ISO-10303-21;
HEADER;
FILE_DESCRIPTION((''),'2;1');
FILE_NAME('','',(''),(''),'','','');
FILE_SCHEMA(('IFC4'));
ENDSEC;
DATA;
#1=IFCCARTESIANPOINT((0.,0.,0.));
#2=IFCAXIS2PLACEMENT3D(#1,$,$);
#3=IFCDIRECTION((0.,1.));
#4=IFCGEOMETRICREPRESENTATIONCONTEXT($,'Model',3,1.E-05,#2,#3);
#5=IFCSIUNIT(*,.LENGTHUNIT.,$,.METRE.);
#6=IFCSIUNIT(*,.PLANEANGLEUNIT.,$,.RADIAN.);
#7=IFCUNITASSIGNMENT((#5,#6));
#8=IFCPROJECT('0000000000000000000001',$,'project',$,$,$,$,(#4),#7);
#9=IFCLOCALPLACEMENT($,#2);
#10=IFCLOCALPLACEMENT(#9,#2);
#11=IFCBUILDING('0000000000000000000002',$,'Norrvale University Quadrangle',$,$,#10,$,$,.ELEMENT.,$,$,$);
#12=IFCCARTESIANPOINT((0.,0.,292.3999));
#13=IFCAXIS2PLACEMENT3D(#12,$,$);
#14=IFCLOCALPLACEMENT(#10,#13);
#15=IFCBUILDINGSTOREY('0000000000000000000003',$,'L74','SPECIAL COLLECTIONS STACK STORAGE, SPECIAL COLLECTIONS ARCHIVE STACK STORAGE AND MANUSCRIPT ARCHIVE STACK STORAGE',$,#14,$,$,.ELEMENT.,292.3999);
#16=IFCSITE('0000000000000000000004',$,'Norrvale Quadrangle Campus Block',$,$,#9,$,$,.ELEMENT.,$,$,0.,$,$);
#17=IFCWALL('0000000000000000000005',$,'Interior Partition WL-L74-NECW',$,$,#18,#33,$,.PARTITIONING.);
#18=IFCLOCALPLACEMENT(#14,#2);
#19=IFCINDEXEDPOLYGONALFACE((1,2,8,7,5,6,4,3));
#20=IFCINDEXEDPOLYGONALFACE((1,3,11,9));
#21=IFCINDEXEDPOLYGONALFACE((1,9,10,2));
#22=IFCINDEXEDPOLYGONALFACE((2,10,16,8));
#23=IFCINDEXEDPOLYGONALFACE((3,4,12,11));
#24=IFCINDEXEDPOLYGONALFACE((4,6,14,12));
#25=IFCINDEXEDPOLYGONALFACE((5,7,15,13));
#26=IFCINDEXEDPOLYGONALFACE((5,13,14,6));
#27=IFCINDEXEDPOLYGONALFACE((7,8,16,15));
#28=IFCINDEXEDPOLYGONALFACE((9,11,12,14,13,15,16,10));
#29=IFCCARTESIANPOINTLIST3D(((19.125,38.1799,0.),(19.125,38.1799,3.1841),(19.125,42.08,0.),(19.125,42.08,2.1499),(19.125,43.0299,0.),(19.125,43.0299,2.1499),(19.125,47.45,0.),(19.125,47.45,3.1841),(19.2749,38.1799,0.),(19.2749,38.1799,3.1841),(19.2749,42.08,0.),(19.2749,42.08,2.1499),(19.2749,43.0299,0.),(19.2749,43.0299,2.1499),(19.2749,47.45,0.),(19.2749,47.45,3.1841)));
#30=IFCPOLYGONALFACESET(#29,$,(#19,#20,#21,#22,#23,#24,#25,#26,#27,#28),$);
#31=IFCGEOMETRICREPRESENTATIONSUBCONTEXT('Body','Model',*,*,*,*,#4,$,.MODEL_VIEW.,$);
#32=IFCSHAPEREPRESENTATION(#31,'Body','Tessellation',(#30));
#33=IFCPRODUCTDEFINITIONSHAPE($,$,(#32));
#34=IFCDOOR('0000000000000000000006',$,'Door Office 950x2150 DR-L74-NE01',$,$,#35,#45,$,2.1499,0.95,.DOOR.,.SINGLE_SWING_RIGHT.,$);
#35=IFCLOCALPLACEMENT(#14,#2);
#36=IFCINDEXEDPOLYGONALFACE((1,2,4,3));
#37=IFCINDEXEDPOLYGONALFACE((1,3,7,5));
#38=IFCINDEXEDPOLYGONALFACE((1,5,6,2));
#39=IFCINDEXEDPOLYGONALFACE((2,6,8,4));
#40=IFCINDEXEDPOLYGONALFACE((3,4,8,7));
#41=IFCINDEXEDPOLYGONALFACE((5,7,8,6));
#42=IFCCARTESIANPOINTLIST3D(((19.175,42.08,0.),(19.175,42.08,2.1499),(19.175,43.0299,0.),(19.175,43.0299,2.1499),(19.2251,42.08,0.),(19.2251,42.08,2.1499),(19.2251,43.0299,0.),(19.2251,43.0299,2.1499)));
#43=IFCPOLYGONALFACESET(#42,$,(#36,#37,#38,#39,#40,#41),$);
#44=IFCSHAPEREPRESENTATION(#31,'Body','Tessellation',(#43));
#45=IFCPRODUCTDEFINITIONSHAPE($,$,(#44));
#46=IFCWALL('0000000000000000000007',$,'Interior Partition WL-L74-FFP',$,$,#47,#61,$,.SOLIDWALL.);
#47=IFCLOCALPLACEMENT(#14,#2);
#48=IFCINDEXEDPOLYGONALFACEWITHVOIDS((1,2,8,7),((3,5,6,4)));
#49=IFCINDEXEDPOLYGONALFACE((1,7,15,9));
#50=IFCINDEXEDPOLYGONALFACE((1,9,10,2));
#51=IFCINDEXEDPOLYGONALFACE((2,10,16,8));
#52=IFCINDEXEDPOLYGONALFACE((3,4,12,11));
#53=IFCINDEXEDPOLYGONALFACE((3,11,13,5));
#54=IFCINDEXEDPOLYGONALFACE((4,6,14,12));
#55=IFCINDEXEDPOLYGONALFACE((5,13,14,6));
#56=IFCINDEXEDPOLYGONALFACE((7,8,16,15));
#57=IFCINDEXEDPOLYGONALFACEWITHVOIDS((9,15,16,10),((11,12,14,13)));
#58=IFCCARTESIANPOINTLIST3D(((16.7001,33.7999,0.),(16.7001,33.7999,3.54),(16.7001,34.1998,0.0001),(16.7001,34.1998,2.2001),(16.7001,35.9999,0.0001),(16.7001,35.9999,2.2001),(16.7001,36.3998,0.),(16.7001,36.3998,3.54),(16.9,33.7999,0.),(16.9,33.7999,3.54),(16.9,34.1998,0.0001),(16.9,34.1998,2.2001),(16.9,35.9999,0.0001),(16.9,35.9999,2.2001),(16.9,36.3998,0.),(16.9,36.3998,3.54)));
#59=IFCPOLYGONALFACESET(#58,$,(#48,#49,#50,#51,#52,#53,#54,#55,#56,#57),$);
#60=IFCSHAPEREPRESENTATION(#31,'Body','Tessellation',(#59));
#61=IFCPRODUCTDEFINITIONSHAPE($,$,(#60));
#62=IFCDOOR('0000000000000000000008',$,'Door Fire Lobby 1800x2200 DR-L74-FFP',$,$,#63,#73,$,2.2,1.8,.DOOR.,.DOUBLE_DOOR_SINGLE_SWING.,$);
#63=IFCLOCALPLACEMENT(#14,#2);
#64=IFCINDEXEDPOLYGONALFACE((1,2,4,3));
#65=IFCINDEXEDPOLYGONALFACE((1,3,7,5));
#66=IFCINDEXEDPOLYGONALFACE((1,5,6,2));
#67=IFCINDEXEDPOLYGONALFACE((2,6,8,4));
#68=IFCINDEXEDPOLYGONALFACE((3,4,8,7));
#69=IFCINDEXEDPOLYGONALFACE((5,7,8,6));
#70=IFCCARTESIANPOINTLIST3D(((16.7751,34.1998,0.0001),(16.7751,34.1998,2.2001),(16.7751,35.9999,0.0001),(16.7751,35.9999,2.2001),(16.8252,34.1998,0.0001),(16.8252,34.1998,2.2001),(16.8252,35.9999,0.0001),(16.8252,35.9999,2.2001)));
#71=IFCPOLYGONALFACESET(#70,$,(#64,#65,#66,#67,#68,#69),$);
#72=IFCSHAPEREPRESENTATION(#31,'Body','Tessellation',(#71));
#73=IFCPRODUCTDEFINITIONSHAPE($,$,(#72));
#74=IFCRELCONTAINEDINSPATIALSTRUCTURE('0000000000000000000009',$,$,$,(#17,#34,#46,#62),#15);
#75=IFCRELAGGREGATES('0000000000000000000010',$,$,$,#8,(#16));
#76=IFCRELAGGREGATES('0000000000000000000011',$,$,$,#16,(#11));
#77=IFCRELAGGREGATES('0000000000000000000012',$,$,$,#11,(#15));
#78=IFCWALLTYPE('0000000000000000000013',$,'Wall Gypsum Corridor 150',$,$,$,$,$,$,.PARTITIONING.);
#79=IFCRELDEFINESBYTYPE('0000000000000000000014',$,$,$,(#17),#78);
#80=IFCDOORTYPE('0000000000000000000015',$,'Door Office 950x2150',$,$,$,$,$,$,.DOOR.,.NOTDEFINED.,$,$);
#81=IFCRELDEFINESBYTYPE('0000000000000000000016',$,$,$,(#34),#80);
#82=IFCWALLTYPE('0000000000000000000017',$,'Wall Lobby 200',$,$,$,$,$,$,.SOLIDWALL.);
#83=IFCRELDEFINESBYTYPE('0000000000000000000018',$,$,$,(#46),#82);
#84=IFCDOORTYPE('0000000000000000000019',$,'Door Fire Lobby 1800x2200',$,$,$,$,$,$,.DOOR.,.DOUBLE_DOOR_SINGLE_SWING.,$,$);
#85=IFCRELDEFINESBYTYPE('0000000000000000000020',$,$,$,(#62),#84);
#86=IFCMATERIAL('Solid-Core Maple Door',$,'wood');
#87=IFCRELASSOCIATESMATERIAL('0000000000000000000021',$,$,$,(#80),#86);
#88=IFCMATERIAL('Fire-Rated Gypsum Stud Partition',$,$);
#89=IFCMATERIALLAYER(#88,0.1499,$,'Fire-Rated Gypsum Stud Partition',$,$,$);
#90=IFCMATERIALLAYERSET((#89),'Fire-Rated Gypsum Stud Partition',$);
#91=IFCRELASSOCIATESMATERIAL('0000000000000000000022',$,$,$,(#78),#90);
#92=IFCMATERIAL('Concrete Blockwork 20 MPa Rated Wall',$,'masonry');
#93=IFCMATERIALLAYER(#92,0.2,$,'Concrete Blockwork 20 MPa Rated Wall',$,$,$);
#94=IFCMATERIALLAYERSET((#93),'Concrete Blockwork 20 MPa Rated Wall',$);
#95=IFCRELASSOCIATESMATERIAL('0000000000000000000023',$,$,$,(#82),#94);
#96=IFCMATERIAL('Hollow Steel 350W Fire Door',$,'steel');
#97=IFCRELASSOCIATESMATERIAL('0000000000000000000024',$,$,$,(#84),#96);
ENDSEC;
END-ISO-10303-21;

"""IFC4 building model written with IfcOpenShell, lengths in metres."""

from ifc_helpers import new_model, si_unit, direction, frame, frame_2d, origin, place, context, subcontext, project, spatial, rectangle, extrude, material, layer, layer_set, type_object, element, fill, save


model = new_model("IFC4")

# Units and contexts
model_context = context("Model", 3, precision=1e-05, world=origin(), true_north=direction((0.0, 1.0)))
body_context = subcontext(model_context, "Body", "Model", "MODEL_VIEW")
ifc_project = project(units=[si_unit("LENGTHUNIT", "METRE"), si_unit("PLANEANGLEUNIT", "RADIAN")], contexts=[model_context])

# Site, building, storey
site_placement = place(None, origin())
site = spatial("IfcSite", under=ifc_project, at=site_placement, Name="Norrvale Quadrangle Campus Block", CompositionType="ELEMENT", RefElevation=0.0)
building_placement = place(site_placement, origin())
building = spatial("IfcBuilding", under=site, at=building_placement, Name="Norrvale University Quadrangle", CompositionType="ELEMENT")
storey_placement = place(building_placement, frame((0.0, 0.0, 292.3999)))
storey = spatial("IfcBuildingStorey", under=building, at=storey_placement, Name="L74", Description="SPECIAL COLLECTIONS STACK STORAGE, SPECIAL COLLECTIONS ARCHIVE STACK STORAGE AND MANUSCRIPT ARCHIVE STACK STORAGE", CompositionType="ELEMENT", Elevation=292.3999)

# Shared definitions
ifc_material_1 = material(Name="Solid-Core Maple Door", Category="wood")
door_type_1 = type_object("IfcDoorType", Name="Door Office 950x2150", OperationType="NOTDEFINED", PredefinedType="DOOR", material=ifc_material_1)

# Shared definitions
ifc_material_2 = material(Name="Fire-Rated Gypsum Stud Partition")
ifc_layer_1 = layer(ifc_material_2, 0.1499, Name="Fire-Rated Gypsum Stud Partition")
ifc_layer_set_1 = layer_set([ifc_layer_1], Name="Fire-Rated Gypsum Stud Partition")
wall_type_1 = type_object("IfcWallType", Name="Wall Gypsum Corridor 150", PredefinedType="PARTITIONING", material=ifc_layer_set_1)

# Walls, openings, doors
wall_1_placement = place(storey_placement, frame((19.2, 38.1799, 0.0), z_axis=(0.0, 0.0, 1.0), x_axis=(0.0, 1.0, 0.0)))
wall_1 = element("IfcWall", 1, at=wall_1_placement, inside=storey, type_object=wall_type_1, Name="Interior Partition WL-L74-NECW", PredefinedType="PARTITIONING", context=body_context, shape_type="SweptSolid", body=[
    extrude(rectangle(XDim=9.27, YDim=0.1499, at=frame_2d((4.635, 0.0))), origin(), (0.0, 0.0, 1.0), 3.1841),
])
opening_1_placement = place(wall_1_placement, frame((3.8999, 0.0, 0.0)))
opening_1 = element("IfcOpeningElement", 2, at=opening_1_placement, cuts=wall_1, PredefinedType="OPENING", context=body_context, shape_type="SweptSolid", body=[
    extrude(rectangle(XDim=0.95, YDim=2.1499, at=frame_2d((0.4751, 1.075))), frame((0.0, 0.0869, 0.0), z_axis=(0.0, -1.0, 0.0), x_axis=(1.0, 0.0, 0.0)), (0.0, 0.0, 1.0), 0.1738),
])
door_1_placement = place(opening_1_placement, origin())
door_1 = element("IfcDoor", 3, at=door_1_placement, inside=storey, type_object=door_type_1, Name="Door Office 950x2150 DR-L74-NE01", OperationType="SINGLE_SWING_RIGHT", OverallHeight=2.1499, OverallWidth=0.95, PredefinedType="DOOR", context=body_context, shape_type="SweptSolid", body=[
    extrude(rectangle(XDim=0.95, YDim=2.1499, at=frame_2d((0.4751, 1.075))), frame((0.0, 0.0249, 0.0), z_axis=(0.0, -1.0, 0.0), x_axis=(1.0, 0.0, 0.0)), (0.0, 0.0, 1.0), 0.05),
])
fill(opening_1, door_1)
ifc_material_3 = material(Name="Concrete Blockwork 20 MPa Rated Wall", Category="masonry")
ifc_layer_2 = layer(ifc_material_3, 0.2, Name="Concrete Blockwork 20 MPa Rated Wall")
ifc_layer_set_2 = layer_set([ifc_layer_2], Name="Concrete Blockwork 20 MPa Rated Wall")
wall_type_2 = type_object("IfcWallType", Name="Wall Lobby 200", PredefinedType="SOLIDWALL", material=ifc_layer_set_2)
wall_2_placement = place(storey_placement, frame((16.8, 33.8, 0.0), z_axis=(0.0, 0.0, 1.0), x_axis=(0.0, 1.0, 0.0)))
wall_2 = element("IfcWall", 4, at=wall_2_placement, inside=storey, type_object=wall_type_2, Name="Interior Partition WL-L74-FFP", PredefinedType="SOLIDWALL", context=body_context, shape_type="SweptSolid", body=[
    extrude(rectangle(XDim=2.5999, YDim=0.2, at=frame_2d((1.2998, 0.0))), origin(), (0.0, 0.0, 1.0), 3.54),
])
opening_2_placement = place(wall_2_placement, frame((0.3999, 0.0, 0.0)))
opening_2 = element("IfcOpeningElement", 5, at=opening_2_placement, cuts=wall_2, PredefinedType="OPENING", context=body_context, shape_type="SweptSolid", body=[
    extrude(rectangle(XDim=1.8, YDim=2.2, at=frame_2d((0.8999, 1.1001))), frame((0.0, 0.1121, 0.0), z_axis=(0.0, -1.0, 0.0), x_axis=(1.0, 0.0, 0.0)), (0.0, 0.0, 1.0), 0.2239),
])
ifc_material_4 = material(Name="Hollow Steel 350W Fire Door", Category="steel")
door_type_2 = type_object("IfcDoorType", Name="Door Fire Lobby 1800x2200", OperationType="DOUBLE_DOOR_SINGLE_SWING", PredefinedType="DOOR", material=ifc_material_4)
door_2_placement = place(opening_2_placement, origin())
door_2 = element("IfcDoor", 6, at=door_2_placement, inside=storey, type_object=door_type_2, Name="Door Fire Lobby 1800x2200 DR-L74-FFP", OperationType="DOUBLE_DOOR_SINGLE_SWING", OverallHeight=2.2, OverallWidth=1.8, PredefinedType="DOOR", context=body_context, shape_type="SweptSolid", body=[
    extrude(rectangle(XDim=1.8, YDim=2.2, at=frame_2d((0.8999, 1.1001))), frame((0.0, 0.0249, 0.0), z_axis=(0.0, -1.0, 0.0), x_axis=(1.0, 0.0, 0.0)), (0.0, 0.0, 1.0), 0.05),
])
fill(opening_2, door_2)

save(model, "model.ifc")
